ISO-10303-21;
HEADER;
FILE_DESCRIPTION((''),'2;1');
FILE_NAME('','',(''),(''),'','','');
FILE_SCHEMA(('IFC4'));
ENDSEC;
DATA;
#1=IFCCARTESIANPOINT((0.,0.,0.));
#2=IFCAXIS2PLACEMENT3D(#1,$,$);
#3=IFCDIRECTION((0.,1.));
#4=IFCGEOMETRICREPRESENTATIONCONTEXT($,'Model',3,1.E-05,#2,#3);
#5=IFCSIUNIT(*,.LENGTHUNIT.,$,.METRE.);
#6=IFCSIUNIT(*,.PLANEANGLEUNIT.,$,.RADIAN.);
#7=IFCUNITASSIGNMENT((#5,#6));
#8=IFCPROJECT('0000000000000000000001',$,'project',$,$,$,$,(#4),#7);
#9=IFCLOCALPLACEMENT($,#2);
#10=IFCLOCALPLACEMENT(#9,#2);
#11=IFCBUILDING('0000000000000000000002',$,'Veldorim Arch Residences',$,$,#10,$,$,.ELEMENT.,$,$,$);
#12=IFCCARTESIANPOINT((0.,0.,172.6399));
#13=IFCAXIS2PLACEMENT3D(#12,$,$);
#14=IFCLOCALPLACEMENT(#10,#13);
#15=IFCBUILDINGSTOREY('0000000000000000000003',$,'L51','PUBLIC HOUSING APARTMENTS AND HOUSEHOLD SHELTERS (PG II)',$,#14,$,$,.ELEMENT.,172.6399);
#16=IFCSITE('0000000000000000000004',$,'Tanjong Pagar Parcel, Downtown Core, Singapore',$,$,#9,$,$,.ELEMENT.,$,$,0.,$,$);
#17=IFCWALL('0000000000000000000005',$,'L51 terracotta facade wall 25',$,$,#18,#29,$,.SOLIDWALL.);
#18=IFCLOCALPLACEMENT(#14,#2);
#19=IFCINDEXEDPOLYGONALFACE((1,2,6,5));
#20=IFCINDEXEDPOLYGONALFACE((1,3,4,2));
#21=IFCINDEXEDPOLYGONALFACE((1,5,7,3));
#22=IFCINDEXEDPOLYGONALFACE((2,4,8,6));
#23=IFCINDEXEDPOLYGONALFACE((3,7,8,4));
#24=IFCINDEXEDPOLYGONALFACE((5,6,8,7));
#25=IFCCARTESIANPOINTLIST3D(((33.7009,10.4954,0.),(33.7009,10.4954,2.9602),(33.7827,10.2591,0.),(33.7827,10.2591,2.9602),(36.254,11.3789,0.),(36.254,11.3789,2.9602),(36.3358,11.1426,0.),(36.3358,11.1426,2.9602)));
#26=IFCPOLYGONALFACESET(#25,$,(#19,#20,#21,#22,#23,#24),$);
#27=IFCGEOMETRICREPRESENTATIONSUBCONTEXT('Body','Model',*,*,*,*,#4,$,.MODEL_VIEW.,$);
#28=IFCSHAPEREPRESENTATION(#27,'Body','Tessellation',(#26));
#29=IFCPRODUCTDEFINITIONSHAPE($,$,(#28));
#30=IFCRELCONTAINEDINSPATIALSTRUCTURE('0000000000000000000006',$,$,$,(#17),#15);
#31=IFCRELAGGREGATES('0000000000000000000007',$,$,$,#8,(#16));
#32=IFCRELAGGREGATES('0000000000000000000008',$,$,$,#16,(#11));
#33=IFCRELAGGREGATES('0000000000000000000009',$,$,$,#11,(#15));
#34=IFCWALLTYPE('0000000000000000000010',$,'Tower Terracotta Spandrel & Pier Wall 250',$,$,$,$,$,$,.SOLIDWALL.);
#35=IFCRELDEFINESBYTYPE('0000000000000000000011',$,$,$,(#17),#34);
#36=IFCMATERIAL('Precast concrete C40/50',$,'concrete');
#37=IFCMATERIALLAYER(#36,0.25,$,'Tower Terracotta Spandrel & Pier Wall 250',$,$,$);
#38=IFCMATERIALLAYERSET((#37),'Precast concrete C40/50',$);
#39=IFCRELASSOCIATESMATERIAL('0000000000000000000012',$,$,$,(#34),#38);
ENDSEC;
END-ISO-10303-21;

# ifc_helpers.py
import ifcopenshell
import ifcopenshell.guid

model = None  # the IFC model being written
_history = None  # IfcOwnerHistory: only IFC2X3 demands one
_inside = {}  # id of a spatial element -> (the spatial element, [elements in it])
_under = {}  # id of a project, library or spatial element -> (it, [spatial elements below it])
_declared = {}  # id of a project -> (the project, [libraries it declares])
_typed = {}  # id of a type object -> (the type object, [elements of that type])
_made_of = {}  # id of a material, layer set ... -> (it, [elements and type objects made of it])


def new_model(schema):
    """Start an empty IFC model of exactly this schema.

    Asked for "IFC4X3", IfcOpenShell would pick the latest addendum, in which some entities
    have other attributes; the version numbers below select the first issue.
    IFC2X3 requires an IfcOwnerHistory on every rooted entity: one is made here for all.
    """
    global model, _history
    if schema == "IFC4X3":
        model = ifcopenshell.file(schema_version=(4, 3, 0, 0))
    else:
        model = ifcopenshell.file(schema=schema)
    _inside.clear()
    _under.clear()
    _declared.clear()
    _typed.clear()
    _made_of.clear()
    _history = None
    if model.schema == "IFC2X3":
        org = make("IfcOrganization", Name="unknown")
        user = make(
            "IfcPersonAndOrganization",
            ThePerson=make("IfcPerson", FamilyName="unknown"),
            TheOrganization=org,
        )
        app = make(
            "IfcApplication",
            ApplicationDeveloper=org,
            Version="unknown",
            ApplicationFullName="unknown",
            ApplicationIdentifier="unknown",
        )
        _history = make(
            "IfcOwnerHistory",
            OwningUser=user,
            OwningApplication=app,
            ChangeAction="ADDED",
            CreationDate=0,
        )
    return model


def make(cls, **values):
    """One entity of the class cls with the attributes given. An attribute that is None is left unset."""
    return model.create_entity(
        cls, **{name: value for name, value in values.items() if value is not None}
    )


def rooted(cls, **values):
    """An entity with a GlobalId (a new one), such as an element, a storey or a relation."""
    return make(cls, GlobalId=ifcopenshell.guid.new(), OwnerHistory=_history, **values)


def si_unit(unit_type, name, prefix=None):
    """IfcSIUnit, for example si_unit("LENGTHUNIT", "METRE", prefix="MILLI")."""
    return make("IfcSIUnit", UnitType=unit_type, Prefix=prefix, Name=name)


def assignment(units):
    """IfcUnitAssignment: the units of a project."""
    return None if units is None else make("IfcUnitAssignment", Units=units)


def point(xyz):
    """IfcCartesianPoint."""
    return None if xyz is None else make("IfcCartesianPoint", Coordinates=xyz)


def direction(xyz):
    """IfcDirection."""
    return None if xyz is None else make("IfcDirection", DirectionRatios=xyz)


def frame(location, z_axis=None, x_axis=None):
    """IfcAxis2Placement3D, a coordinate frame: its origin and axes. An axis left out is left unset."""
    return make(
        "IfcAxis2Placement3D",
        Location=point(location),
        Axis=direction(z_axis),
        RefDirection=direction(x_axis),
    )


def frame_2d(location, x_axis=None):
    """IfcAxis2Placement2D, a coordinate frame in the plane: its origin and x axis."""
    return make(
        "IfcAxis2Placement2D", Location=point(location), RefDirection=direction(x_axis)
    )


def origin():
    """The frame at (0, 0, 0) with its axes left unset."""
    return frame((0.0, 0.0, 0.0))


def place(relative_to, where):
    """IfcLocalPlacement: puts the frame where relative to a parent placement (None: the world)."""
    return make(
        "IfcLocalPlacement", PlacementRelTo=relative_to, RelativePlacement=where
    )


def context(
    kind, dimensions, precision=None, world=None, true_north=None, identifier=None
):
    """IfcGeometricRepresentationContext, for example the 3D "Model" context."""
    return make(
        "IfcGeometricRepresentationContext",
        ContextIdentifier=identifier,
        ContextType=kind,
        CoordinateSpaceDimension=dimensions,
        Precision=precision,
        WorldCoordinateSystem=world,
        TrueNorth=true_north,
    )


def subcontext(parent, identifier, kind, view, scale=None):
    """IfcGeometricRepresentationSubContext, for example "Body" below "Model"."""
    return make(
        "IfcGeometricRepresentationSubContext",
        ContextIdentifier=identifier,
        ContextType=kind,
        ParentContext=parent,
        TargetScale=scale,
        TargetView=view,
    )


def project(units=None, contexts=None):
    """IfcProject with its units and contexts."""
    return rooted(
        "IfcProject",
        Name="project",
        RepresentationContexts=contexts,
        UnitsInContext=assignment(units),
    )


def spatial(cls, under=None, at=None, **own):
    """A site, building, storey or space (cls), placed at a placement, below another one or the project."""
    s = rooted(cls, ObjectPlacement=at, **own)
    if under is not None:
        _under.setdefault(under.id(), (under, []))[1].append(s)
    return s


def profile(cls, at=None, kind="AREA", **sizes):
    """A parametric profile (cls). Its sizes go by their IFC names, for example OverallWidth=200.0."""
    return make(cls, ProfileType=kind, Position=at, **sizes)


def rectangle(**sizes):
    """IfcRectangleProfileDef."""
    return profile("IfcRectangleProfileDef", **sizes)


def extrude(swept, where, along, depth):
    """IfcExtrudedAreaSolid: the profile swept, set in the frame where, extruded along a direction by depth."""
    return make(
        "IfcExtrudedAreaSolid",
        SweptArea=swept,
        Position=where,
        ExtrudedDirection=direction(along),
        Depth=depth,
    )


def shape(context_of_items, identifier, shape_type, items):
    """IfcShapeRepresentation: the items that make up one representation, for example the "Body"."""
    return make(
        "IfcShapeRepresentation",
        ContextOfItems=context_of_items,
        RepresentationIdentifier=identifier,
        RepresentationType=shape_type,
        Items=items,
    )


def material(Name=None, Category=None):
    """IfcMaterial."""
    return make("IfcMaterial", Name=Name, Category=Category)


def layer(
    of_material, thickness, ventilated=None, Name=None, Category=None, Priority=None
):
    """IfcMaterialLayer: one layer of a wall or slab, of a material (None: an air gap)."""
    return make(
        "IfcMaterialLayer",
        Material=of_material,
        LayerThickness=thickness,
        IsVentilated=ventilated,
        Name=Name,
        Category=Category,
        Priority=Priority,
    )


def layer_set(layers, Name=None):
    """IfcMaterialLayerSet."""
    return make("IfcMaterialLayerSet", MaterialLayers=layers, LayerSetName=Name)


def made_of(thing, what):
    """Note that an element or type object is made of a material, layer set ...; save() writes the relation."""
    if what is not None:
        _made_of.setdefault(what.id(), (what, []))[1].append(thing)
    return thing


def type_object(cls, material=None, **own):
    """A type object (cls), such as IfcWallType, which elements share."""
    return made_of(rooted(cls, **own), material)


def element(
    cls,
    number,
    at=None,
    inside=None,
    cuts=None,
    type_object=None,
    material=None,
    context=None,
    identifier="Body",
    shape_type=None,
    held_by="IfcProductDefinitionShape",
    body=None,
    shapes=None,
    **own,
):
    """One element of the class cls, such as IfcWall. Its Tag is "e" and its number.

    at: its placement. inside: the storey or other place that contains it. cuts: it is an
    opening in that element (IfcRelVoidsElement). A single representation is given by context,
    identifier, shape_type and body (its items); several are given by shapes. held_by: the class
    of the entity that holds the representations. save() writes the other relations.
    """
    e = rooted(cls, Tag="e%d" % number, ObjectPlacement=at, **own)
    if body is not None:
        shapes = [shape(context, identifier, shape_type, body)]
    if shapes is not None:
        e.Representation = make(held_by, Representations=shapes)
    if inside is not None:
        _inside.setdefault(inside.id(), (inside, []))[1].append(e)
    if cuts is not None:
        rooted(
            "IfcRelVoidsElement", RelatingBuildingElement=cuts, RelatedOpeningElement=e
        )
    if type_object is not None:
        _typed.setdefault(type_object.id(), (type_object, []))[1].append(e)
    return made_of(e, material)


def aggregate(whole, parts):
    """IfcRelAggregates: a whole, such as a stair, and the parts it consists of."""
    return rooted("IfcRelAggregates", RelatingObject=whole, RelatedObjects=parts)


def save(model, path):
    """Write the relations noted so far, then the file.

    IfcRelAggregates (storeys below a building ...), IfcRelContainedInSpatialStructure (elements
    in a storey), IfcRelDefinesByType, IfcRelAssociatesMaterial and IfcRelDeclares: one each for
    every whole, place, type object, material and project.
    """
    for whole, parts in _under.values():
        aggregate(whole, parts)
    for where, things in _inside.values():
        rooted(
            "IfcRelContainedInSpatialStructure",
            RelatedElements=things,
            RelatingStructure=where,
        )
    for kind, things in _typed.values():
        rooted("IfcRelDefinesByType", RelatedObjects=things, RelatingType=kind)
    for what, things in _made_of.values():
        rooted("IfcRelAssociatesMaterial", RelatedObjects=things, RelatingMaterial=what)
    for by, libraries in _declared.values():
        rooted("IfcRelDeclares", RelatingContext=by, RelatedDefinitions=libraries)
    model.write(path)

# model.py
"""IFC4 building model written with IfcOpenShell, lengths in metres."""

from ifc_helpers import new_model, si_unit, direction, frame, frame_2d, origin, place, context, subcontext, project, spatial, rectangle, extrude, material, layer, layer_set, type_object, element, save


model = new_model("IFC4")

# Units and contexts
model_context = context("Model", 3, precision=1e-05, world=origin(), true_north=direction((0.0, 1.0)))
body_context = subcontext(model_context, "Body", "Model", "MODEL_VIEW")
ifc_project = project(units=[si_unit("LENGTHUNIT", "METRE"), si_unit("PLANEANGLEUNIT", "RADIAN")], contexts=[model_context])

# Site, building, storey
site_placement = place(None, origin())
site = spatial("IfcSite", under=ifc_project, at=site_placement, Name="Tanjong Pagar Parcel, Downtown Core, Singapore", CompositionType="ELEMENT", RefElevation=0.0)
building_placement = place(site_placement, origin())
building = spatial("IfcBuilding", under=site, at=building_placement, Name="Veldorim Arch Residences", CompositionType="ELEMENT")
storey_placement = place(building_placement, frame((0.0, 0.0, 172.6399)))
storey = spatial("IfcBuildingStorey", under=building, at=storey_placement, Name="L51", Description="PUBLIC HOUSING APARTMENTS AND HOUSEHOLD SHELTERS (PG II)", CompositionType="ELEMENT", Elevation=172.6399)

# Shared definitions
ifc_material_1 = material(Name="Precast concrete C40/50", Category="concrete")
ifc_layer_1 = layer(ifc_material_1, 0.25, Name="Tower Terracotta Spandrel & Pier Wall 250")
ifc_layer_set_1 = layer_set([ifc_layer_1], Name="Precast concrete C40/50")
wall_type_1 = type_object("IfcWallType", Name="Tower Terracotta Spandrel & Pier Wall 250", PredefinedType="SOLIDWALL", material=ifc_layer_set_1)

# Wall
wall_1_placement = place(storey_placement, frame((36.2949, 11.2607, 0.0), z_axis=(0.0, 0.0, 1.0), x_axis=(-0.945016, -0.327024, 0.0)))
element("IfcWall", 1, at=wall_1_placement, inside=storey, type_object=wall_type_1, Name="L51 terracotta facade wall 25", PredefinedType="SOLIDWALL", context=body_context, shape_type="SweptSolid", body=[
    extrude(rectangle(XDim=2.7017, YDim=0.25, at=frame_2d((1.3508, 0.0))), origin(), (0.0, 0.0, 1.0), 2.9602),
])

save(model, "model.ifc")
